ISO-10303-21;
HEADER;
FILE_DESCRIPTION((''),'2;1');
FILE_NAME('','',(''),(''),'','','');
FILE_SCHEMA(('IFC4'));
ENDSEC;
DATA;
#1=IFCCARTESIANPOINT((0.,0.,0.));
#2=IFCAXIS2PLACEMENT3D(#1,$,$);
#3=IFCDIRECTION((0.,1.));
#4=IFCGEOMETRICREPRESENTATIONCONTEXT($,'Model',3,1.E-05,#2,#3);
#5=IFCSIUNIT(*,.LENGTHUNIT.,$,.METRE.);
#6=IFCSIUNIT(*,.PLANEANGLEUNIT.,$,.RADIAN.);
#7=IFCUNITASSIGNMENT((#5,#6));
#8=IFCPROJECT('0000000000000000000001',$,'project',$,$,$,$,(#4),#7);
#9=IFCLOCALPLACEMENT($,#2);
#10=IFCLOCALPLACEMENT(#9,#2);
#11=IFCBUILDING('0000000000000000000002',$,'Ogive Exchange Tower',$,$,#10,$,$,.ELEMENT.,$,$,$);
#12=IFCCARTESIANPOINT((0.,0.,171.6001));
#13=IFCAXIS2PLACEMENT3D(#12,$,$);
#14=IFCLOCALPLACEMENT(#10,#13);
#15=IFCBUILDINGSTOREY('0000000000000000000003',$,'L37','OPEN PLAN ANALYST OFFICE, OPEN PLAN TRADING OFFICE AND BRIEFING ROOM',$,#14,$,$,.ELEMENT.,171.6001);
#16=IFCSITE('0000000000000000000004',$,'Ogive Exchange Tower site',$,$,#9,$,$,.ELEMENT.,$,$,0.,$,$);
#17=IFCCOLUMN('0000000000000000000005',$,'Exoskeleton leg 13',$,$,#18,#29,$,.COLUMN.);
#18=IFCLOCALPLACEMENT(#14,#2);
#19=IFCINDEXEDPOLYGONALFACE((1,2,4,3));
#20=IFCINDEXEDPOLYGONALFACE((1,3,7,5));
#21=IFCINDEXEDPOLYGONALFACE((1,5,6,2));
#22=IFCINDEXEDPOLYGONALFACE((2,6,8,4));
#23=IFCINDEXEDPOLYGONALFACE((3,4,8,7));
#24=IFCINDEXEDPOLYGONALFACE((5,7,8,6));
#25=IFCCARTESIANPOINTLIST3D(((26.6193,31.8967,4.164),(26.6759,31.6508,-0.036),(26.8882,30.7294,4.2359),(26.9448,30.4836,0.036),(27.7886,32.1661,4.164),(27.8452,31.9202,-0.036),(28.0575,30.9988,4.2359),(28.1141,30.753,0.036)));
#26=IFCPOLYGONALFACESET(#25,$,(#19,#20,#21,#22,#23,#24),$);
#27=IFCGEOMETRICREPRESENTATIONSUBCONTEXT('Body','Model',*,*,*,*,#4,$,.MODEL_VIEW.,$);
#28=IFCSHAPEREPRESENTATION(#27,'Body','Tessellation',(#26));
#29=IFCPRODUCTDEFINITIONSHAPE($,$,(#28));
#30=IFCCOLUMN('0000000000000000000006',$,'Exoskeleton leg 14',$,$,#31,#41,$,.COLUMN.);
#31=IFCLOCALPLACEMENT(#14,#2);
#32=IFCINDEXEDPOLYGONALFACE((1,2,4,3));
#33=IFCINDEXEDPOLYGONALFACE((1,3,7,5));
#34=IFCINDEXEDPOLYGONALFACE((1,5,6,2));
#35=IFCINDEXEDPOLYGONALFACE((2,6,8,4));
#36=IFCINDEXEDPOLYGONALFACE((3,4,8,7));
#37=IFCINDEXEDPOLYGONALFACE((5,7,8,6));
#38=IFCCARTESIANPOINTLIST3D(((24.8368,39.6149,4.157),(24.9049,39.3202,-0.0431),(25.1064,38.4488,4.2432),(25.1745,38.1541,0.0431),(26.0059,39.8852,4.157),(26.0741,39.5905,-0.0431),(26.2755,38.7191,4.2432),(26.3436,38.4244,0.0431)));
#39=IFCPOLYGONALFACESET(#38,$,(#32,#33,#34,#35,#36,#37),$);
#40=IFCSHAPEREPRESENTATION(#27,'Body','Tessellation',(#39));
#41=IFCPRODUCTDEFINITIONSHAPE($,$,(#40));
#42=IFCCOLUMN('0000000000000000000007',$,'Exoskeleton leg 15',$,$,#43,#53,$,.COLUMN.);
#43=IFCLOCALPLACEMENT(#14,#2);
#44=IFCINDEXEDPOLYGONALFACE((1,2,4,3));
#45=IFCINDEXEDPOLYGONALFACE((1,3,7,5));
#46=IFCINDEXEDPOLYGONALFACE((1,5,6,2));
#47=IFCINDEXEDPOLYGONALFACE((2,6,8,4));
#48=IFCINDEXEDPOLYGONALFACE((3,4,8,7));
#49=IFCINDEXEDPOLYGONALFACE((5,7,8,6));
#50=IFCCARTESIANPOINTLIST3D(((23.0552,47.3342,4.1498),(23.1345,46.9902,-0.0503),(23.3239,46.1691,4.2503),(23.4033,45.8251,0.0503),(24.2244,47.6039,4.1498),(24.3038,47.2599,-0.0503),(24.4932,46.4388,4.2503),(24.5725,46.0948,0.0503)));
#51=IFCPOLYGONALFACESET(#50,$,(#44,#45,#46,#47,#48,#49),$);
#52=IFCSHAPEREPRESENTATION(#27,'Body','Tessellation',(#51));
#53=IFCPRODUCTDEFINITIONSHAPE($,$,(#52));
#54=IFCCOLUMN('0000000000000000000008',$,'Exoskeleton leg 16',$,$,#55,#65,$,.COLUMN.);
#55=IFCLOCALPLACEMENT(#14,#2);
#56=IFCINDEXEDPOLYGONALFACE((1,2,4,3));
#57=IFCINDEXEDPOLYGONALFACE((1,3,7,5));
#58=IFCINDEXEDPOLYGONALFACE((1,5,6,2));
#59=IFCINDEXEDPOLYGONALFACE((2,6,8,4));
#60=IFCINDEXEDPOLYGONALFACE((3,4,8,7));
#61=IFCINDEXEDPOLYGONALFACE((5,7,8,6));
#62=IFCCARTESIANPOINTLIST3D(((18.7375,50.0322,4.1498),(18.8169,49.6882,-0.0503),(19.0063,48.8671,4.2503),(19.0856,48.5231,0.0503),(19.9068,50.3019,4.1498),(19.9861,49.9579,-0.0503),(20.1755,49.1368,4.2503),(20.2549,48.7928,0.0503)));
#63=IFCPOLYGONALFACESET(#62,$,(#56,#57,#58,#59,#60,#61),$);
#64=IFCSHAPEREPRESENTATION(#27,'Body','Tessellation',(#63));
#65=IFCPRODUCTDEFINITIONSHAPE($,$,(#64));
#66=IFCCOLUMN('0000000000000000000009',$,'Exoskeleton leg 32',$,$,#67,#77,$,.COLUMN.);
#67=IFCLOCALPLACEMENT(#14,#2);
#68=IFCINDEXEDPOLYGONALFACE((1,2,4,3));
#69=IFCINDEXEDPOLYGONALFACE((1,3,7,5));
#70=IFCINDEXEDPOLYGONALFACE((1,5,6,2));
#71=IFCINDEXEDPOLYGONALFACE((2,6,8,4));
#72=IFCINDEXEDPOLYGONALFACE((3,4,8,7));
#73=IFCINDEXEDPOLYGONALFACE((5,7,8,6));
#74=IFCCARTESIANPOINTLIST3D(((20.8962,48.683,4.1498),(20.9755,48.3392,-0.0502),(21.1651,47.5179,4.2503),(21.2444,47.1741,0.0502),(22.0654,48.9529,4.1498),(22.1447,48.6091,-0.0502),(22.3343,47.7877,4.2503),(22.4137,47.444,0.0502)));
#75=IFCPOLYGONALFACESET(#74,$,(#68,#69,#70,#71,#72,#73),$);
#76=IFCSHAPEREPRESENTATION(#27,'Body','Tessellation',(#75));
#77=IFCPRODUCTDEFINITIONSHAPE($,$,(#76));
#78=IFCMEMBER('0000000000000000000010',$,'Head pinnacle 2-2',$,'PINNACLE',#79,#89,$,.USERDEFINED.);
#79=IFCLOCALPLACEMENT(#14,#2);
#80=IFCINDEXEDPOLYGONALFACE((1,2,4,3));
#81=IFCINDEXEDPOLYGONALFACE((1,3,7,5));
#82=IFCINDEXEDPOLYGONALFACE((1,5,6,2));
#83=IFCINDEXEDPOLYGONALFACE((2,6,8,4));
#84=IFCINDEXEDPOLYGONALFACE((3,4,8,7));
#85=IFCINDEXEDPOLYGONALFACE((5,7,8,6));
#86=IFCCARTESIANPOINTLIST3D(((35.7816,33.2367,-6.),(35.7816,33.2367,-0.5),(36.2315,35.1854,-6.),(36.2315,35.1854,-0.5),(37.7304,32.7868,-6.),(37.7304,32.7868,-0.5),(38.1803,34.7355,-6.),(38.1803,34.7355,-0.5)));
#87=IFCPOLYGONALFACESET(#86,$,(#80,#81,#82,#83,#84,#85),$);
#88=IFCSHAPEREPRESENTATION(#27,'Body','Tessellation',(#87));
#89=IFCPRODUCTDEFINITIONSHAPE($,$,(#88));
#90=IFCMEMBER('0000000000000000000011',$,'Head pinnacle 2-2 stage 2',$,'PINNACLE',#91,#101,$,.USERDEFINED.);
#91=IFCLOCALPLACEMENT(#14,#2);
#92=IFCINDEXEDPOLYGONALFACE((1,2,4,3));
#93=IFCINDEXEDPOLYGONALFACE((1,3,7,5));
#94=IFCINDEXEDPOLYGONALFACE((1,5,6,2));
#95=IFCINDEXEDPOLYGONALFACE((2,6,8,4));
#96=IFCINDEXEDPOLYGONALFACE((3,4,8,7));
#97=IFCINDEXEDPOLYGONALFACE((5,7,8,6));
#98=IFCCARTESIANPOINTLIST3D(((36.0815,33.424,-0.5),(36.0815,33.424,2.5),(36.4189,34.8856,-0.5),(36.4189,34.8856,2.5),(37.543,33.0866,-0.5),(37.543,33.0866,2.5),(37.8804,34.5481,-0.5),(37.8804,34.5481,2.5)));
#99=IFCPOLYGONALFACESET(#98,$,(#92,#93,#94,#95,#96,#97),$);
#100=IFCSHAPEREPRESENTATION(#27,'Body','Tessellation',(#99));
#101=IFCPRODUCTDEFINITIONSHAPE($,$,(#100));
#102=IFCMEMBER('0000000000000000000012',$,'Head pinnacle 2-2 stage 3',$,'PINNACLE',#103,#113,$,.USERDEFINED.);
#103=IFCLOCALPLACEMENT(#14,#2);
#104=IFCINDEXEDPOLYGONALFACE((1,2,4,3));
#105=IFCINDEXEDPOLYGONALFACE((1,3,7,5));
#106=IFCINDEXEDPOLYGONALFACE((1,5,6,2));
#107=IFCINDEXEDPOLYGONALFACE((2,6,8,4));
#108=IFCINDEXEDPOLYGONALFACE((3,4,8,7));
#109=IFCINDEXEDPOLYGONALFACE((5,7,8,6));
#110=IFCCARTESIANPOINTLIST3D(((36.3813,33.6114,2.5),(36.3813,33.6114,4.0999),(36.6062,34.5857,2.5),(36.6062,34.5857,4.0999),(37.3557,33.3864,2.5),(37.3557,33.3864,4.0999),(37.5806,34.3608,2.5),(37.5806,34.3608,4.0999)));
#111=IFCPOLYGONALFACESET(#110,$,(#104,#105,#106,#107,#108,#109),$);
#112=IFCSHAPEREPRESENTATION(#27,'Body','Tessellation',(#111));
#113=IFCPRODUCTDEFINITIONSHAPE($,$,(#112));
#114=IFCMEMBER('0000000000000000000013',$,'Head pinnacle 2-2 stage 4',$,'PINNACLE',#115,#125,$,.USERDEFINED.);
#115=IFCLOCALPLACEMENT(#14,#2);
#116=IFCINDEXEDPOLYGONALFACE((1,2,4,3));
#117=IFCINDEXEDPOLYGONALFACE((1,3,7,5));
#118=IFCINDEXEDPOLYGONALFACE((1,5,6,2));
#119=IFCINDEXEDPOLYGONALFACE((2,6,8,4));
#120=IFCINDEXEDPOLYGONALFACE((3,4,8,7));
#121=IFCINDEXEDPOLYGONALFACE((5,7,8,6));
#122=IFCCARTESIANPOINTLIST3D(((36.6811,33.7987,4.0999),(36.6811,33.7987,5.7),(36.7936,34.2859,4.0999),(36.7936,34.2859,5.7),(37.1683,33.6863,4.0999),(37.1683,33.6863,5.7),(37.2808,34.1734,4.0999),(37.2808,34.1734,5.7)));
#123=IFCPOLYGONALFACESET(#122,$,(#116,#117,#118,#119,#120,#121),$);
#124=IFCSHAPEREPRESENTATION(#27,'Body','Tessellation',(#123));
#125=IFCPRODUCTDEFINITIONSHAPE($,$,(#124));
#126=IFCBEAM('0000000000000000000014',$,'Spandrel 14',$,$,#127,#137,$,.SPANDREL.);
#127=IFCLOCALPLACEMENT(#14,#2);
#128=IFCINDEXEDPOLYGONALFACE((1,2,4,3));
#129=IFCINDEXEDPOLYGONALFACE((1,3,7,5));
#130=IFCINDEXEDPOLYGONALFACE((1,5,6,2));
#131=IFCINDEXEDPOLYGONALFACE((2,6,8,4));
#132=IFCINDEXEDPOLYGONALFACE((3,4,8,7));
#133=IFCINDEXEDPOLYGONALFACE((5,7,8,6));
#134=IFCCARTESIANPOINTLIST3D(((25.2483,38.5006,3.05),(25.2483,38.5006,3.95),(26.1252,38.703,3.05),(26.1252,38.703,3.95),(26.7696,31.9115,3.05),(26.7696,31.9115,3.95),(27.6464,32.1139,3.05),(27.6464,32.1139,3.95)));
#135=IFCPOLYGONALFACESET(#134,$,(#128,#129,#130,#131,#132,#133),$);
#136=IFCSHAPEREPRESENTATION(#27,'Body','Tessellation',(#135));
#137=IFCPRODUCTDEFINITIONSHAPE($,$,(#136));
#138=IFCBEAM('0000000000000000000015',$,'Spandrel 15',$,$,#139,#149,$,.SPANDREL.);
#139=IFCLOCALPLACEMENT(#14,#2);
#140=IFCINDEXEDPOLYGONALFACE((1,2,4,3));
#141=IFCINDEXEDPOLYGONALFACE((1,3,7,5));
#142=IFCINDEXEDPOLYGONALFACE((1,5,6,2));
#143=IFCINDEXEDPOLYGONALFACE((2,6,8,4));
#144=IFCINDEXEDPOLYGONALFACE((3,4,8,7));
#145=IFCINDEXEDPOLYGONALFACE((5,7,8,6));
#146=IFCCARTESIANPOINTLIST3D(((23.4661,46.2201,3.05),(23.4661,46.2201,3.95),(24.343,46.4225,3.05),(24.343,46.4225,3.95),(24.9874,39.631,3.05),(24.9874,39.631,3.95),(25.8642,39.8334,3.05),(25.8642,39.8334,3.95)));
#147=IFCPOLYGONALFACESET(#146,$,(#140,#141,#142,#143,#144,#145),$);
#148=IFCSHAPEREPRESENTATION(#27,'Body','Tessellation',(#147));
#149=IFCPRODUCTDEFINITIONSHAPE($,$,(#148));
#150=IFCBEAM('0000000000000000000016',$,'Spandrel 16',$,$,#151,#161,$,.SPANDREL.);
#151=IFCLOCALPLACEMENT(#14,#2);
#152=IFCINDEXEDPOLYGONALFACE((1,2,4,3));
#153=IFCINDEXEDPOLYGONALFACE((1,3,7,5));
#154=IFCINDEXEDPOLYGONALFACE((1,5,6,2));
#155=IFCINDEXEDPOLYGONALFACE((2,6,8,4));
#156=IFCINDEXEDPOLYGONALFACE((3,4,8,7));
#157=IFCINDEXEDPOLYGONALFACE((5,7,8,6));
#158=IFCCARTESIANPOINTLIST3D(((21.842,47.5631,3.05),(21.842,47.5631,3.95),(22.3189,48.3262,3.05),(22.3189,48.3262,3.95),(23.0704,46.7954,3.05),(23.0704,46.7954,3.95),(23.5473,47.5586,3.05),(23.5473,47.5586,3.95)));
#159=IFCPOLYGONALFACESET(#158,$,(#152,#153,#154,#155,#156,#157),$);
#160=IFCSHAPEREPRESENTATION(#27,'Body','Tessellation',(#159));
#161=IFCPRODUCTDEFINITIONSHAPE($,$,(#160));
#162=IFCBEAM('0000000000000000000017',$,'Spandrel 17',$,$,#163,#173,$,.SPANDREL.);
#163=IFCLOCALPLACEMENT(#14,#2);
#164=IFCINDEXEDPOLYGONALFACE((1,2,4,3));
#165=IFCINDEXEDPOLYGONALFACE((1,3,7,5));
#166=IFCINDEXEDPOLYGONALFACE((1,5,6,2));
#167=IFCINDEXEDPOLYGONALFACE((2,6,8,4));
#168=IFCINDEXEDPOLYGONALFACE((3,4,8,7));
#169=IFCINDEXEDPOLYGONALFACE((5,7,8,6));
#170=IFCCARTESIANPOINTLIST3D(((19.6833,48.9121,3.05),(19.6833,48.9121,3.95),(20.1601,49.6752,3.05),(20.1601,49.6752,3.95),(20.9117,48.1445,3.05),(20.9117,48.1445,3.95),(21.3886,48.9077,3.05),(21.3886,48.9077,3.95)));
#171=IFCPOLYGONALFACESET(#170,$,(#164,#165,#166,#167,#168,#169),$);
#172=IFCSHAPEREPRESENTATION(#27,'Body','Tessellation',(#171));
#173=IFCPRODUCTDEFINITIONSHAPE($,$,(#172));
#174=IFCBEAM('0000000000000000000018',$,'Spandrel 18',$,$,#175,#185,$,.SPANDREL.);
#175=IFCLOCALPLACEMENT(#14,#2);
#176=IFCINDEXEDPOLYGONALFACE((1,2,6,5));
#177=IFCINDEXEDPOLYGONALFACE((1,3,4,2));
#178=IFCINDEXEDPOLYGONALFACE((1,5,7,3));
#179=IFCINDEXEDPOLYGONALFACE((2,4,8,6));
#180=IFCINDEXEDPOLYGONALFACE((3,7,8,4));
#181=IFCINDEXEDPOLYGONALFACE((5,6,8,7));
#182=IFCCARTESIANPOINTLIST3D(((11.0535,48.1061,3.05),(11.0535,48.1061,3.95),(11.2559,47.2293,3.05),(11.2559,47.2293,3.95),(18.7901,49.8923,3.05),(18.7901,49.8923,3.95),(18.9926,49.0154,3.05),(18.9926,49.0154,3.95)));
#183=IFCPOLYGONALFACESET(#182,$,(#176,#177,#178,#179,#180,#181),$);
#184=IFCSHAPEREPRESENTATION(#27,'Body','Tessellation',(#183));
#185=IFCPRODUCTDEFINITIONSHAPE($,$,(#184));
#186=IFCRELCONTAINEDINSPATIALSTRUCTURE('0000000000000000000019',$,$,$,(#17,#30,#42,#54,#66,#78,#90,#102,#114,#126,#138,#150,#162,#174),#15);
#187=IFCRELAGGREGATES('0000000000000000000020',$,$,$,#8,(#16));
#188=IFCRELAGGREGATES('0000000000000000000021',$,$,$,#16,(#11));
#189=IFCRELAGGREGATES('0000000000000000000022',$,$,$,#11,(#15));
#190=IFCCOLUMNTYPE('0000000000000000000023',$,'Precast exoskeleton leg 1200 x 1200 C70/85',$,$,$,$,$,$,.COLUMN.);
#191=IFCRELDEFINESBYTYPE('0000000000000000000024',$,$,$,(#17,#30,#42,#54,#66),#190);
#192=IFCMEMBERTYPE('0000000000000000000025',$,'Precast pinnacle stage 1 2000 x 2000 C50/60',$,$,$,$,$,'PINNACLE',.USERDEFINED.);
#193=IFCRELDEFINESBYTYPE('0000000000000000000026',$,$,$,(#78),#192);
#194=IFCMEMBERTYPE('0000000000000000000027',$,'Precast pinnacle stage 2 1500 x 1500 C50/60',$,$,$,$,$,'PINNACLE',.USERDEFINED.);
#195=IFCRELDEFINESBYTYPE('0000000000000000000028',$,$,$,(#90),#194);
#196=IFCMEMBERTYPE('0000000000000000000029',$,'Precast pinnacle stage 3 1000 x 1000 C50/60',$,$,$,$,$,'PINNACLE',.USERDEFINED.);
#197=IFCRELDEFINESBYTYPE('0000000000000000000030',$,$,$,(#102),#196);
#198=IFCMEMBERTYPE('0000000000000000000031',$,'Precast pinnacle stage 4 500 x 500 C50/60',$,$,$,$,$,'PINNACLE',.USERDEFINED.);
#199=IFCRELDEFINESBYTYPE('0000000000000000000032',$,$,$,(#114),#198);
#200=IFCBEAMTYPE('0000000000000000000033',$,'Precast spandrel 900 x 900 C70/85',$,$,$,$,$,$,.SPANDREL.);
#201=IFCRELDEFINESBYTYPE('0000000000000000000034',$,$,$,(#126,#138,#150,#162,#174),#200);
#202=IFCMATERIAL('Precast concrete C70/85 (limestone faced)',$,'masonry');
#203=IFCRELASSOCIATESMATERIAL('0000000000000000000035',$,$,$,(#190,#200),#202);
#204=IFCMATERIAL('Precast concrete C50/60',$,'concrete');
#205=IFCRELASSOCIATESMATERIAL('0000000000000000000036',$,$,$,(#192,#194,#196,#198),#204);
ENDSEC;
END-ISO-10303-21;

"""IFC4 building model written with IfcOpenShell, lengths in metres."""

from ifc_helpers import new_model, si_unit, direction, frame, origin, origin_2d, place, context, subcontext, project, spatial, rectangle, extrude, material, material_profile, profile_set, type_object, element, save


model = new_model("IFC4")

# Units and contexts
model_context = context("Model", 3, precision=1e-05, world=origin(), true_north=direction((0.0, 1.0)))
body_context = subcontext(model_context, "Body", "Model", "MODEL_VIEW")
ifc_project = project(units=[si_unit("LENGTHUNIT", "METRE"), si_unit("PLANEANGLEUNIT", "RADIAN")], contexts=[model_context])

# Site, building, storey
site_placement = place(None, origin())
site = spatial("IfcSite", under=ifc_project, at=site_placement, Name="Ogive Exchange Tower site", CompositionType="ELEMENT", RefElevation=0.0)
building_placement = place(site_placement, origin())
building = spatial("IfcBuilding", under=site, at=building_placement, Name="Ogive Exchange Tower", CompositionType="ELEMENT")
storey_placement = place(building_placement, frame((0.0, 0.0, 171.6001)))
storey = spatial("IfcBuildingStorey", under=building, at=storey_placement, Name="L37", Description="OPEN PLAN ANALYST OFFICE, OPEN PLAN TRADING OFFICE AND BRIEFING ROOM", CompositionType="ELEMENT", Elevation=171.6001)

# Columns
ifc_material_1 = material(Name="Precast concrete C70/85 (limestone faced)", Category="masonry")
ifc_material_profile_1 = material_profile(ifc_material_1, rectangle(XDim=1.2, YDim=1.2, at=origin_2d()), Name="1200 x 1200")
ifc_profile_set_1 = profile_set([ifc_material_profile_1], Name="Precast concrete C70/85 (limestone faced)")
column_type = type_object("IfcColumnType", Name="Precast exoskeleton leg 1200 x 1200 C70/85", PredefinedType="COLUMN", material=ifc_profile_set_1)
column_1_placement = place(storey_placement, frame((27.395, 31.2019, 0.0), z_axis=(-0.013462, 0.058431, 0.998201), x_axis=(-0.974473, -0.224506, 0.0)))
element("IfcColumn", 1, at=column_1_placement, inside=storey, type_object=column_type, Name="Exoskeleton leg 13", PredefinedType="COLUMN", context=body_context, shape_type="SweptSolid", body=[
    extrude(rectangle(XDim=1.2, YDim=1.2, at=origin_2d()), origin(), (0.0, 0.0, 1.0), 4.2075),
])
column_2_placement = place(storey_placement, frame((25.6243, 38.8723, 0.0), z_axis=(-0.016176, 0.069981, 0.997417), x_axis=(-0.97431, -0.225213, 0.0)))
element("IfcColumn", 2, at=column_2_placement, inside=storey, type_object=column_type, Name="Exoskeleton leg 14", PredefinedType="COLUMN", context=body_context, shape_type="SweptSolid", body=[
    extrude(rectangle(XDim=1.2, YDim=1.2, at=origin_2d()), origin(), (0.0, 0.0, 1.0), 4.2109),
])
for number, where, z_axis, x_axis, name in (
    (3, (23.8535, 46.5425, 0.0), (-0.018826, 0.081617, 0.996486), (-0.974415, -0.224758, 0.0), "Exoskeleton leg 15"),
    (4, (19.5359, 49.2405, 0.0), (-0.018826, 0.081617, 0.996486), (-0.974415, -0.224758, 0.0), "Exoskeleton leg 16"),
    (5, (21.6946, 47.8916, 0.0), (-0.018826, 0.081559, 0.996491), (-0.97438, -0.22491, 0.0), "Exoskeleton leg 32"),
):
    element("IfcColumn", number, at=place(storey_placement, frame(where, z_axis=z_axis, x_axis=x_axis)), inside=storey, type_object=column_type, Name=name, PredefinedType="COLUMN", context=body_context, shape_type="SweptSolid", body=[
        extrude(rectangle(XDim=1.2, YDim=1.2, at=origin_2d()), origin(), (0.0, 0.0, 1.0), 4.2148),
    ])

# Members
ifc_material_2 = material(Name="Precast concrete C50/60", Category="concrete")
ifc_material_profile_2 = material_profile(ifc_material_2, rectangle(XDim=2.0, YDim=2.0, at=origin_2d()), Name="PINNACLE 1 2000 x 2000")
ifc_profile_set_2 = profile_set([ifc_material_profile_2], Name="Precast concrete C50/60")
member_type_1 = type_object("IfcMemberType", Name="Precast pinnacle stage 1 2000 x 2000 C50/60", ElementType="PINNACLE", PredefinedType="USERDEFINED", material=ifc_profile_set_2)
member_1_placement = place(storey_placement, frame((36.981, 33.9861, -6.0), z_axis=(0.0, 0.0, 1.0), x_axis=(0.97437, -0.224951, 0.0)))
element("IfcMember", 6, at=member_1_placement, inside=storey, type_object=member_type_1, Name="Head pinnacle 2-2", ObjectType="PINNACLE", PredefinedType="USERDEFINED", context=body_context, shape_type="SweptSolid", body=[
    extrude(rectangle(XDim=2.0, YDim=2.0, at=origin_2d()), origin(), (0.0, 0.0, 1.0), 5.5),
])
ifc_material_profile_3 = material_profile(ifc_material_2, rectangle(XDim=1.5, YDim=1.5, at=origin_2d()), Name="PINNACLE 2 1500 x 1500")
ifc_profile_set_3 = profile_set([ifc_material_profile_3], Name="Precast concrete C50/60")
member_type_2 = type_object("IfcMemberType", Name="Precast pinnacle stage 2 1500 x 1500 C50/60", ElementType="PINNACLE", PredefinedType="USERDEFINED", material=ifc_profile_set_3)
member_2_placement = place(storey_placement, frame((36.981, 33.9861, -0.5), z_axis=(0.0, 0.0, 1.0), x_axis=(0.97437, -0.224951, 0.0)))
element("IfcMember", 7, at=member_2_placement, inside=storey, type_object=member_type_2, Name="Head pinnacle 2-2 stage 2", ObjectType="PINNACLE", PredefinedType="USERDEFINED", context=body_context, shape_type="SweptSolid", body=[
    extrude(rectangle(XDim=1.5, YDim=1.5, at=origin_2d()), origin(), (0.0, 0.0, 1.0), 3.0),
])
ifc_material_profile_4 = material_profile(ifc_material_2, rectangle(XDim=1.0, YDim=1.0, at=origin_2d()), Name="PINNACLE 3 1000 x 1000")
ifc_profile_set_4 = profile_set([ifc_material_profile_4], Name="Precast concrete C50/60")
member_type_3 = type_object("IfcMemberType", Name="Precast pinnacle stage 3 1000 x 1000 C50/60", ElementType="PINNACLE", PredefinedType="USERDEFINED", material=ifc_profile_set_4)
member_3_placement = place(storey_placement, frame((36.981, 33.9861, 2.5), z_axis=(0.0, 0.0, 1.0), x_axis=(0.97437, -0.224951, 0.0)))
element("IfcMember", 8, at=member_3_placement, inside=storey, type_object=member_type_3, Name="Head pinnacle 2-2 stage 3", ObjectType="PINNACLE", PredefinedType="USERDEFINED", context=body_context, shape_type="SweptSolid", body=[
    extrude(rectangle(XDim=1.0, YDim=1.0, at=origin_2d()), origin(), (0.0, 0.0, 1.0), 1.5999),
])
ifc_material_profile_5 = material_profile(ifc_material_2, rectangle(XDim=0.5, YDim=0.5, at=origin_2d()), Name="PINNACLE 4 500 x 500")
ifc_profile_set_5 = profile_set([ifc_material_profile_5], Name="Precast concrete C50/60")
member_type_4 = type_object("IfcMemberType", Name="Precast pinnacle stage 4 500 x 500 C50/60", ElementType="PINNACLE", PredefinedType="USERDEFINED", material=ifc_profile_set_5)
member_4_placement = place(storey_placement, frame((36.981, 33.9861, 4.0999), z_axis=(0.0, 0.0, 1.0), x_axis=(0.97437, -0.224951, 0.0)))
element("IfcMember", 9, at=member_4_placement, inside=storey, type_object=member_type_4, Name="Head pinnacle 2-2 stage 4", ObjectType="PINNACLE", PredefinedType="USERDEFINED", context=body_context, shape_type="SweptSolid", body=[
    extrude(rectangle(XDim=0.5, YDim=0.5, at=origin_2d()), origin(), (0.0, 0.0, 1.0), 1.6001),
])

# Beams
ifc_material_profile_6 = material_profile(ifc_material_1, rectangle(XDim=0.8999, YDim=0.8999, at=origin_2d()), Name="900 x 900")
ifc_profile_set_6 = profile_set([ifc_material_profile_6], Name="Precast concrete C70/85 (limestone faced)")
beam_type = type_object("IfcBeamType", Name="Precast spandrel 900 x 900 C70/85", PredefinedType="SPANDREL", material=ifc_profile_set_6)
for number, where, z_axis, x_axis, name in (
    (10, (27.208, 32.0127, 3.5), (-0.224954, 0.974369, 0.0), (-0.974369, -0.224954, 0.0), "Spandrel 14"),
    (11, (25.4258, 39.7322, 3.5), (-0.224954, 0.974369, 0.0), (-0.974369, -0.224954, 0.0), "Spandrel 15"),
):
    element("IfcBeam", number, at=place(storey_placement, frame(where, z_axis=z_axis, x_axis=x_axis)), inside=storey, type_object=beam_type, Name=name, PredefinedType="SPANDREL", context=body_context, shape_type="SweptSolid", body=[
        extrude(rectangle(XDim=0.8999, YDim=0.8999, at=origin_2d()), origin(), (0.0, 0.0, 1.0), 6.7625),
    ])
for number, where, z_axis, x_axis, name in (
    (12, (23.3088, 47.177, 3.5), (-0.848027, 0.529953, 0.0), (-0.529953, -0.848027, 0.0), "Spandrel 16"),
    (13, (21.1501, 48.5261, 3.5), (-0.848074, 0.529878, 0.0), (-0.529878, -0.848074, 0.0), "Spandrel 17"),
):
    element("IfcBeam", number, at=place(storey_placement, frame(where, z_axis=z_axis, x_axis=x_axis)), inside=storey, type_object=beam_type, Name=name, PredefinedType="SPANDREL", context=body_context, shape_type="SweptSolid", body=[
        extrude(rectangle(XDim=0.8999, YDim=0.8999, at=origin_2d()), origin(), (0.0, 0.0, 1.0), 1.4485),
    ])
beam_placement = place(storey_placement, frame((18.8914, 49.4539, 3.5), z_axis=(-0.97437, -0.224952, 0.0), x_axis=(0.224952, -0.97437, 0.0)))
element("IfcBeam", 14, at=beam_placement, inside=storey, type_object=beam_type, Name="Spandrel 18", PredefinedType="SPANDREL", context=body_context, shape_type="SweptSolid", body=[
    extrude(rectangle(XDim=0.8999, YDim=0.8999, at=origin_2d()), origin(), (0.0, 0.0, 1.0), 7.9402),
])

save(model, "model.ifc")
